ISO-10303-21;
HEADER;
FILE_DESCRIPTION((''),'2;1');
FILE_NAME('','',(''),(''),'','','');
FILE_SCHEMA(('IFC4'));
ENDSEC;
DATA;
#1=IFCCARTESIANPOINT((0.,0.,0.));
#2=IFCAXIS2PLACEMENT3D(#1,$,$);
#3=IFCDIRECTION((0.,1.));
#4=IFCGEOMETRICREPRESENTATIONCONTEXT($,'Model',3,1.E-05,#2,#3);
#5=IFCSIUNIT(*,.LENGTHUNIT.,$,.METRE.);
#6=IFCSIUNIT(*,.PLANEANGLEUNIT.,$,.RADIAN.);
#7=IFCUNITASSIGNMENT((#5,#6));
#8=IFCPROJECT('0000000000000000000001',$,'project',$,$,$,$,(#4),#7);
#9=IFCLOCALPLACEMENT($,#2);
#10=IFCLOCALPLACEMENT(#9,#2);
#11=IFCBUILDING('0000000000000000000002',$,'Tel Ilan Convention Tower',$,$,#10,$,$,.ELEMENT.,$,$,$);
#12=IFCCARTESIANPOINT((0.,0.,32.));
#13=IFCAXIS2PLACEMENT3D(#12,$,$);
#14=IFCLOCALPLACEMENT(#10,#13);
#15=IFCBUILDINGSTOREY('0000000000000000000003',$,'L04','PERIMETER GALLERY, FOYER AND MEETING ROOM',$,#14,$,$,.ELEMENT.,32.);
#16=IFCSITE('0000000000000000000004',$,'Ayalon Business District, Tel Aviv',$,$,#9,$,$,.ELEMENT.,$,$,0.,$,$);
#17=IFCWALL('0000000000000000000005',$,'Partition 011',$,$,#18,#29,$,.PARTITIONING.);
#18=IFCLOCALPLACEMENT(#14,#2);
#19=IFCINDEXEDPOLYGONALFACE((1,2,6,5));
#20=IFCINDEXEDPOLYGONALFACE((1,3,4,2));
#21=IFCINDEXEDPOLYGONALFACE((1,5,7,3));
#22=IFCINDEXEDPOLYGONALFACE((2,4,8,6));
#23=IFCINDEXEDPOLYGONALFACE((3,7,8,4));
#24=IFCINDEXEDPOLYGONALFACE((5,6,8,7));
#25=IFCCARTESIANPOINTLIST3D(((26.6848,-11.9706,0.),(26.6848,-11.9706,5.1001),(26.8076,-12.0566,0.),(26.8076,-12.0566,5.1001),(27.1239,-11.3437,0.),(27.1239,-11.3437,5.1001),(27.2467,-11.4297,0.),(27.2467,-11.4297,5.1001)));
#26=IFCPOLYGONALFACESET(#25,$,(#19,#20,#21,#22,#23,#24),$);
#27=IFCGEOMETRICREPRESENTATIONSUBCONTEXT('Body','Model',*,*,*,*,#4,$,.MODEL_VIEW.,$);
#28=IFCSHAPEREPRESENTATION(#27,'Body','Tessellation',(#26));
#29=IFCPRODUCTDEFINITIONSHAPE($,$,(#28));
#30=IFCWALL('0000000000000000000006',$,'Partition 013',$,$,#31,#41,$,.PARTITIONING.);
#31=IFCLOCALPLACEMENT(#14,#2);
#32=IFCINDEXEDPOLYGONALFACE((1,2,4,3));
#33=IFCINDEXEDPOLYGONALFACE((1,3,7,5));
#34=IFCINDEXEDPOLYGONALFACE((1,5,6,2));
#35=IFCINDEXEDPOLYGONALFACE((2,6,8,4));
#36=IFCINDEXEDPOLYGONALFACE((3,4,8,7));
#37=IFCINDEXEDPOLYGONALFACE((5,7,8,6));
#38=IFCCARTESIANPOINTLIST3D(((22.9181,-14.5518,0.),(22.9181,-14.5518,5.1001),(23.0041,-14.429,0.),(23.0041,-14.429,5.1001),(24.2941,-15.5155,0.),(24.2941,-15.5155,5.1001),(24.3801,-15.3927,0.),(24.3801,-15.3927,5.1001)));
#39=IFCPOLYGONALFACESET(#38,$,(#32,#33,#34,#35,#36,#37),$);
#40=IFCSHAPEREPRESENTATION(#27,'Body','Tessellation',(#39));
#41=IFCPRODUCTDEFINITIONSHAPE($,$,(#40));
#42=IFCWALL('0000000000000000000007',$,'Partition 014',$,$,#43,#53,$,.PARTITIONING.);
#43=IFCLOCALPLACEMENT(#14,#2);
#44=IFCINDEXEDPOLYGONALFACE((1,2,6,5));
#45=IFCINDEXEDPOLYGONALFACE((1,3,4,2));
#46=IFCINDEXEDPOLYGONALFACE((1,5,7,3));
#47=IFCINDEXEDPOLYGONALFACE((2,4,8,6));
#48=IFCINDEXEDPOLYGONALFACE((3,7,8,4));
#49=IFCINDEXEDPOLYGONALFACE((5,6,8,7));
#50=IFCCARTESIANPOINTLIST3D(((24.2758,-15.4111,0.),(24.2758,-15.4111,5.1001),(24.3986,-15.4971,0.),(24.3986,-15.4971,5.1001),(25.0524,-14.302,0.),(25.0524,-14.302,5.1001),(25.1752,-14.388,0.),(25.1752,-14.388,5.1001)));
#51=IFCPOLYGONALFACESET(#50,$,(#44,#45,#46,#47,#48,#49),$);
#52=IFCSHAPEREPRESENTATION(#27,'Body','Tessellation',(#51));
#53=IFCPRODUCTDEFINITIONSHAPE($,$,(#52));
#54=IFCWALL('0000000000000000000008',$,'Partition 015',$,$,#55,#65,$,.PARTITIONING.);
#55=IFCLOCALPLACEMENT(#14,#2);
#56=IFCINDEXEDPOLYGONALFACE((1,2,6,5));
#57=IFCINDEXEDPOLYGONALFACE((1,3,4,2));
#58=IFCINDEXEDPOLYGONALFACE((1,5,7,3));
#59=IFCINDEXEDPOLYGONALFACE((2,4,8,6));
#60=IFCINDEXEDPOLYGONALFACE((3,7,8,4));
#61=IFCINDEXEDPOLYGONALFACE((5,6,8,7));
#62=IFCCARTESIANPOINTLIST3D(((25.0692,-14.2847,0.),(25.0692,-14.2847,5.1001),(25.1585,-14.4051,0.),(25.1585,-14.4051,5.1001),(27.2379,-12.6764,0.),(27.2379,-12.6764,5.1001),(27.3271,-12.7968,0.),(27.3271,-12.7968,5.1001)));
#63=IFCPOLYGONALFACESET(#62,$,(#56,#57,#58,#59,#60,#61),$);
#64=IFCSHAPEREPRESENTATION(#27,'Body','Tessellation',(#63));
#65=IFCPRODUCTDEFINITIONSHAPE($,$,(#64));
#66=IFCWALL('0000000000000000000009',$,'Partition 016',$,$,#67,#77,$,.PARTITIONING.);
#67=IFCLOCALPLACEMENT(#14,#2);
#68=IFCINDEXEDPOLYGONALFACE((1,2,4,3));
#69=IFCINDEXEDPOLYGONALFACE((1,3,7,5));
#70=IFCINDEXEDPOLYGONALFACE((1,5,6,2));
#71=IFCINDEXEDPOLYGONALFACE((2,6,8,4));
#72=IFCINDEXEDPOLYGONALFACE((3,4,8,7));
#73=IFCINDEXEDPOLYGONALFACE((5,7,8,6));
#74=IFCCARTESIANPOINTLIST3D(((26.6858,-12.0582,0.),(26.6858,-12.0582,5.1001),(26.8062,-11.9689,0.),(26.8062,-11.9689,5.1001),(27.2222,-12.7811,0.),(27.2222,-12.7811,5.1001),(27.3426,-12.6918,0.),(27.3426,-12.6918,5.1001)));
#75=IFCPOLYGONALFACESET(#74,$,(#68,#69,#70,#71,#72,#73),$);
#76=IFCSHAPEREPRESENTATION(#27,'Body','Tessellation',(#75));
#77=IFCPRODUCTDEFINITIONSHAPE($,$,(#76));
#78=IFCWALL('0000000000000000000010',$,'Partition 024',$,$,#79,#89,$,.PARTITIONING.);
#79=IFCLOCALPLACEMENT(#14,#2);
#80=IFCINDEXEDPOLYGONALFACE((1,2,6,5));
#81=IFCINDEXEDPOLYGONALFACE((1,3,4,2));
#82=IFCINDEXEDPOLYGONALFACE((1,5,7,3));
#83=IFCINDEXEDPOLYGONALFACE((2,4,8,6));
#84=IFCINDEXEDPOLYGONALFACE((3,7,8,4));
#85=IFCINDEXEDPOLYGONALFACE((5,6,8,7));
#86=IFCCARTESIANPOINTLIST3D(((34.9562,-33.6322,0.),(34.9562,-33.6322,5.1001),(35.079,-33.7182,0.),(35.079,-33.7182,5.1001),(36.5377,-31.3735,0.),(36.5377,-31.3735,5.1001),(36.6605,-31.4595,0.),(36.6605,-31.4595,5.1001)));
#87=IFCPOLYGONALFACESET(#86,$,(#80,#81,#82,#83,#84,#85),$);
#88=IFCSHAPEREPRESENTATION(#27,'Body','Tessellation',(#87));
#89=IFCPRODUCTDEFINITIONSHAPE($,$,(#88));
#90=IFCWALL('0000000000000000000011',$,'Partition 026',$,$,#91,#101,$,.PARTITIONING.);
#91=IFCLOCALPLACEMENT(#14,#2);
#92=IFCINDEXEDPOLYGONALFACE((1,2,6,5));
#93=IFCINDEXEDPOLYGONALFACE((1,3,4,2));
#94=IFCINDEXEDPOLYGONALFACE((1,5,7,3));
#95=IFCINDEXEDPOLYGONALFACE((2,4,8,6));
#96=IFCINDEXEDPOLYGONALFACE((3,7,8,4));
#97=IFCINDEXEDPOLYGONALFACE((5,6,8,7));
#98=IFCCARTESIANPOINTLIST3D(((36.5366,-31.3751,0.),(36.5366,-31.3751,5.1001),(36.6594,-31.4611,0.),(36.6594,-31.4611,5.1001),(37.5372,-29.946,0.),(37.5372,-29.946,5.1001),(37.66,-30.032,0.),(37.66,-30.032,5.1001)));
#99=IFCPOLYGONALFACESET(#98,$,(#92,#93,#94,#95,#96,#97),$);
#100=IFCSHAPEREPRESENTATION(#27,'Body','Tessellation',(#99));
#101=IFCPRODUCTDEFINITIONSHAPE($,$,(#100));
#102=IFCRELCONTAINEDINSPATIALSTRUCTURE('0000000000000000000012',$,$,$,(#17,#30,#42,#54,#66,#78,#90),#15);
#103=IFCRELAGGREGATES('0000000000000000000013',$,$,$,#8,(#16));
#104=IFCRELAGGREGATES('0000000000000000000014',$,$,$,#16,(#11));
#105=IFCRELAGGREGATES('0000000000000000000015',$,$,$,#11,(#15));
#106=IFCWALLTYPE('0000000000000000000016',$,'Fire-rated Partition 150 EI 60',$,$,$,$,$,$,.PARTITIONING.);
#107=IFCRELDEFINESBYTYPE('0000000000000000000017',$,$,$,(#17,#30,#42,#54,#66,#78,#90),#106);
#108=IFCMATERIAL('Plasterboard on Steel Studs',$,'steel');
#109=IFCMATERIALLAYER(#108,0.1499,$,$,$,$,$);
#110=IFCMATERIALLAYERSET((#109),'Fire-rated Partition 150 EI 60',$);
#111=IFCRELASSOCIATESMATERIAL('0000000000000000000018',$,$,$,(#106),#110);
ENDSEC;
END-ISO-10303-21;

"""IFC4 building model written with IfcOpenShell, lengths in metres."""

from ifc_helpers import new_model, si_unit, direction, frame, frame_2d, origin, place, context, subcontext, project, spatial, rectangle, extrude, material, layer, layer_set, type_object, element, save


model = new_model("IFC4")

# Units and contexts
model_context = context("Model", 3, precision=1e-05, world=origin(), true_north=direction((0.0, 1.0)))
body_context = subcontext(model_context, "Body", "Model", "MODEL_VIEW")
ifc_project = project(units=[si_unit("LENGTHUNIT", "METRE"), si_unit("PLANEANGLEUNIT", "RADIAN")], contexts=[model_context])

# Site, building, storey
site_placement = place(None, origin())
site = spatial("IfcSite", under=ifc_project, at=site_placement, Name="Ayalon Business District, Tel Aviv", CompositionType="ELEMENT", RefElevation=0.0)
building_placement = place(site_placement, origin())
building = spatial("IfcBuilding", under=site, at=building_placement, Name="Tel Ilan Convention Tower", CompositionType="ELEMENT")
storey_placement = place(building_placement, frame((0.0, 0.0, 32.0)))
storey = spatial("IfcBuildingStorey", under=building, at=storey_placement, Name="L04", Description="PERIMETER GALLERY, FOYER AND MEETING ROOM", CompositionType="ELEMENT", Elevation=32.0)

# Shared definitions
ifc_material_1 = material(Name="Plasterboard on Steel Studs", Category="steel")
ifc_layer_1 = layer(ifc_material_1, 0.1499)
ifc_layer_set_1 = layer_set([ifc_layer_1], Name="Fire-rated Partition 150 EI 60")
wall_type_1 = type_object("IfcWallType", Name="Fire-rated Partition 150 EI 60", PredefinedType="PARTITIONING", material=ifc_layer_set_1)

# Walls
wall_1_placement = place(storey_placement, frame((26.7461, -12.0137, 0.0), z_axis=(0.0, 0.0, 1.0), x_axis=(0.573762, 0.819022, 0.0)))
element("IfcWall", 1, at=wall_1_placement, inside=storey, type_object=wall_type_1, Name="Partition 011", PredefinedType="PARTITIONING", context=body_context, shape_type="SweptSolid", body=[
    extrude(rectangle(XDim=0.7654, YDim=0.1499, at=frame_2d((0.3828, 0.0))), origin(), (0.0, 0.0, 1.0), 5.1001),
])
wall_2_placement = place(storey_placement, frame((22.9612, -14.4905, 0.0), z_axis=(0.0, 0.0, 1.0), x_axis=(0.819109, -0.573638, 0.0)))
element("IfcWall", 2, at=wall_2_placement, inside=storey, type_object=wall_type_1, Name="Partition 013", PredefinedType="PARTITIONING", context=body_context, shape_type="SweptSolid", body=[
    extrude(rectangle(XDim=1.6799, YDim=0.1499, at=frame_2d((0.8398, 0.0))), origin(), (0.0, 0.0, 1.0), 5.1001),
])
wall_3_placement = place(storey_placement, frame((24.3372, -15.4541, 0.0), z_axis=(0.0, 0.0, 1.0), x_axis=(0.573571, 0.819156, 0.0)))
element("IfcWall", 3, at=wall_3_placement, inside=storey, type_object=wall_type_1, Name="Partition 014", PredefinedType="PARTITIONING", context=body_context, shape_type="SweptSolid", body=[
    extrude(rectangle(XDim=1.354, YDim=0.1499, at=frame_2d((0.677, 0.0))), origin(), (0.0, 0.0, 1.0), 5.1001),
])
wall_4_placement = place(storey_placement, frame((25.1138, -14.345, 0.0), z_axis=(0.0, 0.0, 1.0), x_axis=(0.803211, 0.595695, 0.0)))
element("IfcWall", 4, at=wall_4_placement, inside=storey, type_object=wall_type_1, Name="Partition 015", PredefinedType="PARTITIONING", context=body_context, shape_type="SweptSolid", body=[
    extrude(rectangle(XDim=2.7, YDim=0.1499, at=frame_2d((1.3501, 0.0))), origin(), (0.0, 0.0, 1.0), 5.1001),
])
wall_5_placement = place(storey_placement, frame((27.2825, -12.7366, 0.0), z_axis=(0.0, 0.0, 1.0), x_axis=(-0.595869, 0.803081, 0.0)))
element("IfcWall", 5, at=wall_5_placement, inside=storey, type_object=wall_type_1, Name="Partition 016", PredefinedType="PARTITIONING", context=body_context, shape_type="SweptSolid", body=[
    extrude(rectangle(XDim=0.9001, YDim=0.1499, at=frame_2d((0.4502, 0.0))), origin(), (0.0, 0.0, 1.0), 5.1001),
])
wall_6_placement = place(storey_placement, frame((36.5991, -31.4165, 0.0), z_axis=(0.0, 0.0, 1.0), x_axis=(-0.573557, -0.819165, 0.0)))
element("IfcWall", 6, at=wall_6_placement, inside=storey, type_object=wall_type_1, Name="Partition 024", PredefinedType="PARTITIONING", context=body_context, shape_type="SweptSolid", body=[
    extrude(rectangle(XDim=2.7573, YDim=0.1499, at=frame_2d((1.3787, 0.0))), origin(), (0.0, 0.0, 1.0), 5.1001),
])
wall_7_placement = place(storey_placement, frame((37.5986, -29.989, 0.0), z_axis=(0.0, 0.0, 1.0), x_axis=(-0.573575, -0.819153, 0.0)))
element("IfcWall", 7, at=wall_7_placement, inside=storey, type_object=wall_type_1, Name="Partition 026", PredefinedType="PARTITIONING", context=body_context, shape_type="SweptSolid", body=[
    extrude(rectangle(XDim=1.7446, YDim=0.1499, at=frame_2d((0.8723, 0.0))), origin(), (0.0, 0.0, 1.0), 5.1001),
])

save(model, "model.ifc")
